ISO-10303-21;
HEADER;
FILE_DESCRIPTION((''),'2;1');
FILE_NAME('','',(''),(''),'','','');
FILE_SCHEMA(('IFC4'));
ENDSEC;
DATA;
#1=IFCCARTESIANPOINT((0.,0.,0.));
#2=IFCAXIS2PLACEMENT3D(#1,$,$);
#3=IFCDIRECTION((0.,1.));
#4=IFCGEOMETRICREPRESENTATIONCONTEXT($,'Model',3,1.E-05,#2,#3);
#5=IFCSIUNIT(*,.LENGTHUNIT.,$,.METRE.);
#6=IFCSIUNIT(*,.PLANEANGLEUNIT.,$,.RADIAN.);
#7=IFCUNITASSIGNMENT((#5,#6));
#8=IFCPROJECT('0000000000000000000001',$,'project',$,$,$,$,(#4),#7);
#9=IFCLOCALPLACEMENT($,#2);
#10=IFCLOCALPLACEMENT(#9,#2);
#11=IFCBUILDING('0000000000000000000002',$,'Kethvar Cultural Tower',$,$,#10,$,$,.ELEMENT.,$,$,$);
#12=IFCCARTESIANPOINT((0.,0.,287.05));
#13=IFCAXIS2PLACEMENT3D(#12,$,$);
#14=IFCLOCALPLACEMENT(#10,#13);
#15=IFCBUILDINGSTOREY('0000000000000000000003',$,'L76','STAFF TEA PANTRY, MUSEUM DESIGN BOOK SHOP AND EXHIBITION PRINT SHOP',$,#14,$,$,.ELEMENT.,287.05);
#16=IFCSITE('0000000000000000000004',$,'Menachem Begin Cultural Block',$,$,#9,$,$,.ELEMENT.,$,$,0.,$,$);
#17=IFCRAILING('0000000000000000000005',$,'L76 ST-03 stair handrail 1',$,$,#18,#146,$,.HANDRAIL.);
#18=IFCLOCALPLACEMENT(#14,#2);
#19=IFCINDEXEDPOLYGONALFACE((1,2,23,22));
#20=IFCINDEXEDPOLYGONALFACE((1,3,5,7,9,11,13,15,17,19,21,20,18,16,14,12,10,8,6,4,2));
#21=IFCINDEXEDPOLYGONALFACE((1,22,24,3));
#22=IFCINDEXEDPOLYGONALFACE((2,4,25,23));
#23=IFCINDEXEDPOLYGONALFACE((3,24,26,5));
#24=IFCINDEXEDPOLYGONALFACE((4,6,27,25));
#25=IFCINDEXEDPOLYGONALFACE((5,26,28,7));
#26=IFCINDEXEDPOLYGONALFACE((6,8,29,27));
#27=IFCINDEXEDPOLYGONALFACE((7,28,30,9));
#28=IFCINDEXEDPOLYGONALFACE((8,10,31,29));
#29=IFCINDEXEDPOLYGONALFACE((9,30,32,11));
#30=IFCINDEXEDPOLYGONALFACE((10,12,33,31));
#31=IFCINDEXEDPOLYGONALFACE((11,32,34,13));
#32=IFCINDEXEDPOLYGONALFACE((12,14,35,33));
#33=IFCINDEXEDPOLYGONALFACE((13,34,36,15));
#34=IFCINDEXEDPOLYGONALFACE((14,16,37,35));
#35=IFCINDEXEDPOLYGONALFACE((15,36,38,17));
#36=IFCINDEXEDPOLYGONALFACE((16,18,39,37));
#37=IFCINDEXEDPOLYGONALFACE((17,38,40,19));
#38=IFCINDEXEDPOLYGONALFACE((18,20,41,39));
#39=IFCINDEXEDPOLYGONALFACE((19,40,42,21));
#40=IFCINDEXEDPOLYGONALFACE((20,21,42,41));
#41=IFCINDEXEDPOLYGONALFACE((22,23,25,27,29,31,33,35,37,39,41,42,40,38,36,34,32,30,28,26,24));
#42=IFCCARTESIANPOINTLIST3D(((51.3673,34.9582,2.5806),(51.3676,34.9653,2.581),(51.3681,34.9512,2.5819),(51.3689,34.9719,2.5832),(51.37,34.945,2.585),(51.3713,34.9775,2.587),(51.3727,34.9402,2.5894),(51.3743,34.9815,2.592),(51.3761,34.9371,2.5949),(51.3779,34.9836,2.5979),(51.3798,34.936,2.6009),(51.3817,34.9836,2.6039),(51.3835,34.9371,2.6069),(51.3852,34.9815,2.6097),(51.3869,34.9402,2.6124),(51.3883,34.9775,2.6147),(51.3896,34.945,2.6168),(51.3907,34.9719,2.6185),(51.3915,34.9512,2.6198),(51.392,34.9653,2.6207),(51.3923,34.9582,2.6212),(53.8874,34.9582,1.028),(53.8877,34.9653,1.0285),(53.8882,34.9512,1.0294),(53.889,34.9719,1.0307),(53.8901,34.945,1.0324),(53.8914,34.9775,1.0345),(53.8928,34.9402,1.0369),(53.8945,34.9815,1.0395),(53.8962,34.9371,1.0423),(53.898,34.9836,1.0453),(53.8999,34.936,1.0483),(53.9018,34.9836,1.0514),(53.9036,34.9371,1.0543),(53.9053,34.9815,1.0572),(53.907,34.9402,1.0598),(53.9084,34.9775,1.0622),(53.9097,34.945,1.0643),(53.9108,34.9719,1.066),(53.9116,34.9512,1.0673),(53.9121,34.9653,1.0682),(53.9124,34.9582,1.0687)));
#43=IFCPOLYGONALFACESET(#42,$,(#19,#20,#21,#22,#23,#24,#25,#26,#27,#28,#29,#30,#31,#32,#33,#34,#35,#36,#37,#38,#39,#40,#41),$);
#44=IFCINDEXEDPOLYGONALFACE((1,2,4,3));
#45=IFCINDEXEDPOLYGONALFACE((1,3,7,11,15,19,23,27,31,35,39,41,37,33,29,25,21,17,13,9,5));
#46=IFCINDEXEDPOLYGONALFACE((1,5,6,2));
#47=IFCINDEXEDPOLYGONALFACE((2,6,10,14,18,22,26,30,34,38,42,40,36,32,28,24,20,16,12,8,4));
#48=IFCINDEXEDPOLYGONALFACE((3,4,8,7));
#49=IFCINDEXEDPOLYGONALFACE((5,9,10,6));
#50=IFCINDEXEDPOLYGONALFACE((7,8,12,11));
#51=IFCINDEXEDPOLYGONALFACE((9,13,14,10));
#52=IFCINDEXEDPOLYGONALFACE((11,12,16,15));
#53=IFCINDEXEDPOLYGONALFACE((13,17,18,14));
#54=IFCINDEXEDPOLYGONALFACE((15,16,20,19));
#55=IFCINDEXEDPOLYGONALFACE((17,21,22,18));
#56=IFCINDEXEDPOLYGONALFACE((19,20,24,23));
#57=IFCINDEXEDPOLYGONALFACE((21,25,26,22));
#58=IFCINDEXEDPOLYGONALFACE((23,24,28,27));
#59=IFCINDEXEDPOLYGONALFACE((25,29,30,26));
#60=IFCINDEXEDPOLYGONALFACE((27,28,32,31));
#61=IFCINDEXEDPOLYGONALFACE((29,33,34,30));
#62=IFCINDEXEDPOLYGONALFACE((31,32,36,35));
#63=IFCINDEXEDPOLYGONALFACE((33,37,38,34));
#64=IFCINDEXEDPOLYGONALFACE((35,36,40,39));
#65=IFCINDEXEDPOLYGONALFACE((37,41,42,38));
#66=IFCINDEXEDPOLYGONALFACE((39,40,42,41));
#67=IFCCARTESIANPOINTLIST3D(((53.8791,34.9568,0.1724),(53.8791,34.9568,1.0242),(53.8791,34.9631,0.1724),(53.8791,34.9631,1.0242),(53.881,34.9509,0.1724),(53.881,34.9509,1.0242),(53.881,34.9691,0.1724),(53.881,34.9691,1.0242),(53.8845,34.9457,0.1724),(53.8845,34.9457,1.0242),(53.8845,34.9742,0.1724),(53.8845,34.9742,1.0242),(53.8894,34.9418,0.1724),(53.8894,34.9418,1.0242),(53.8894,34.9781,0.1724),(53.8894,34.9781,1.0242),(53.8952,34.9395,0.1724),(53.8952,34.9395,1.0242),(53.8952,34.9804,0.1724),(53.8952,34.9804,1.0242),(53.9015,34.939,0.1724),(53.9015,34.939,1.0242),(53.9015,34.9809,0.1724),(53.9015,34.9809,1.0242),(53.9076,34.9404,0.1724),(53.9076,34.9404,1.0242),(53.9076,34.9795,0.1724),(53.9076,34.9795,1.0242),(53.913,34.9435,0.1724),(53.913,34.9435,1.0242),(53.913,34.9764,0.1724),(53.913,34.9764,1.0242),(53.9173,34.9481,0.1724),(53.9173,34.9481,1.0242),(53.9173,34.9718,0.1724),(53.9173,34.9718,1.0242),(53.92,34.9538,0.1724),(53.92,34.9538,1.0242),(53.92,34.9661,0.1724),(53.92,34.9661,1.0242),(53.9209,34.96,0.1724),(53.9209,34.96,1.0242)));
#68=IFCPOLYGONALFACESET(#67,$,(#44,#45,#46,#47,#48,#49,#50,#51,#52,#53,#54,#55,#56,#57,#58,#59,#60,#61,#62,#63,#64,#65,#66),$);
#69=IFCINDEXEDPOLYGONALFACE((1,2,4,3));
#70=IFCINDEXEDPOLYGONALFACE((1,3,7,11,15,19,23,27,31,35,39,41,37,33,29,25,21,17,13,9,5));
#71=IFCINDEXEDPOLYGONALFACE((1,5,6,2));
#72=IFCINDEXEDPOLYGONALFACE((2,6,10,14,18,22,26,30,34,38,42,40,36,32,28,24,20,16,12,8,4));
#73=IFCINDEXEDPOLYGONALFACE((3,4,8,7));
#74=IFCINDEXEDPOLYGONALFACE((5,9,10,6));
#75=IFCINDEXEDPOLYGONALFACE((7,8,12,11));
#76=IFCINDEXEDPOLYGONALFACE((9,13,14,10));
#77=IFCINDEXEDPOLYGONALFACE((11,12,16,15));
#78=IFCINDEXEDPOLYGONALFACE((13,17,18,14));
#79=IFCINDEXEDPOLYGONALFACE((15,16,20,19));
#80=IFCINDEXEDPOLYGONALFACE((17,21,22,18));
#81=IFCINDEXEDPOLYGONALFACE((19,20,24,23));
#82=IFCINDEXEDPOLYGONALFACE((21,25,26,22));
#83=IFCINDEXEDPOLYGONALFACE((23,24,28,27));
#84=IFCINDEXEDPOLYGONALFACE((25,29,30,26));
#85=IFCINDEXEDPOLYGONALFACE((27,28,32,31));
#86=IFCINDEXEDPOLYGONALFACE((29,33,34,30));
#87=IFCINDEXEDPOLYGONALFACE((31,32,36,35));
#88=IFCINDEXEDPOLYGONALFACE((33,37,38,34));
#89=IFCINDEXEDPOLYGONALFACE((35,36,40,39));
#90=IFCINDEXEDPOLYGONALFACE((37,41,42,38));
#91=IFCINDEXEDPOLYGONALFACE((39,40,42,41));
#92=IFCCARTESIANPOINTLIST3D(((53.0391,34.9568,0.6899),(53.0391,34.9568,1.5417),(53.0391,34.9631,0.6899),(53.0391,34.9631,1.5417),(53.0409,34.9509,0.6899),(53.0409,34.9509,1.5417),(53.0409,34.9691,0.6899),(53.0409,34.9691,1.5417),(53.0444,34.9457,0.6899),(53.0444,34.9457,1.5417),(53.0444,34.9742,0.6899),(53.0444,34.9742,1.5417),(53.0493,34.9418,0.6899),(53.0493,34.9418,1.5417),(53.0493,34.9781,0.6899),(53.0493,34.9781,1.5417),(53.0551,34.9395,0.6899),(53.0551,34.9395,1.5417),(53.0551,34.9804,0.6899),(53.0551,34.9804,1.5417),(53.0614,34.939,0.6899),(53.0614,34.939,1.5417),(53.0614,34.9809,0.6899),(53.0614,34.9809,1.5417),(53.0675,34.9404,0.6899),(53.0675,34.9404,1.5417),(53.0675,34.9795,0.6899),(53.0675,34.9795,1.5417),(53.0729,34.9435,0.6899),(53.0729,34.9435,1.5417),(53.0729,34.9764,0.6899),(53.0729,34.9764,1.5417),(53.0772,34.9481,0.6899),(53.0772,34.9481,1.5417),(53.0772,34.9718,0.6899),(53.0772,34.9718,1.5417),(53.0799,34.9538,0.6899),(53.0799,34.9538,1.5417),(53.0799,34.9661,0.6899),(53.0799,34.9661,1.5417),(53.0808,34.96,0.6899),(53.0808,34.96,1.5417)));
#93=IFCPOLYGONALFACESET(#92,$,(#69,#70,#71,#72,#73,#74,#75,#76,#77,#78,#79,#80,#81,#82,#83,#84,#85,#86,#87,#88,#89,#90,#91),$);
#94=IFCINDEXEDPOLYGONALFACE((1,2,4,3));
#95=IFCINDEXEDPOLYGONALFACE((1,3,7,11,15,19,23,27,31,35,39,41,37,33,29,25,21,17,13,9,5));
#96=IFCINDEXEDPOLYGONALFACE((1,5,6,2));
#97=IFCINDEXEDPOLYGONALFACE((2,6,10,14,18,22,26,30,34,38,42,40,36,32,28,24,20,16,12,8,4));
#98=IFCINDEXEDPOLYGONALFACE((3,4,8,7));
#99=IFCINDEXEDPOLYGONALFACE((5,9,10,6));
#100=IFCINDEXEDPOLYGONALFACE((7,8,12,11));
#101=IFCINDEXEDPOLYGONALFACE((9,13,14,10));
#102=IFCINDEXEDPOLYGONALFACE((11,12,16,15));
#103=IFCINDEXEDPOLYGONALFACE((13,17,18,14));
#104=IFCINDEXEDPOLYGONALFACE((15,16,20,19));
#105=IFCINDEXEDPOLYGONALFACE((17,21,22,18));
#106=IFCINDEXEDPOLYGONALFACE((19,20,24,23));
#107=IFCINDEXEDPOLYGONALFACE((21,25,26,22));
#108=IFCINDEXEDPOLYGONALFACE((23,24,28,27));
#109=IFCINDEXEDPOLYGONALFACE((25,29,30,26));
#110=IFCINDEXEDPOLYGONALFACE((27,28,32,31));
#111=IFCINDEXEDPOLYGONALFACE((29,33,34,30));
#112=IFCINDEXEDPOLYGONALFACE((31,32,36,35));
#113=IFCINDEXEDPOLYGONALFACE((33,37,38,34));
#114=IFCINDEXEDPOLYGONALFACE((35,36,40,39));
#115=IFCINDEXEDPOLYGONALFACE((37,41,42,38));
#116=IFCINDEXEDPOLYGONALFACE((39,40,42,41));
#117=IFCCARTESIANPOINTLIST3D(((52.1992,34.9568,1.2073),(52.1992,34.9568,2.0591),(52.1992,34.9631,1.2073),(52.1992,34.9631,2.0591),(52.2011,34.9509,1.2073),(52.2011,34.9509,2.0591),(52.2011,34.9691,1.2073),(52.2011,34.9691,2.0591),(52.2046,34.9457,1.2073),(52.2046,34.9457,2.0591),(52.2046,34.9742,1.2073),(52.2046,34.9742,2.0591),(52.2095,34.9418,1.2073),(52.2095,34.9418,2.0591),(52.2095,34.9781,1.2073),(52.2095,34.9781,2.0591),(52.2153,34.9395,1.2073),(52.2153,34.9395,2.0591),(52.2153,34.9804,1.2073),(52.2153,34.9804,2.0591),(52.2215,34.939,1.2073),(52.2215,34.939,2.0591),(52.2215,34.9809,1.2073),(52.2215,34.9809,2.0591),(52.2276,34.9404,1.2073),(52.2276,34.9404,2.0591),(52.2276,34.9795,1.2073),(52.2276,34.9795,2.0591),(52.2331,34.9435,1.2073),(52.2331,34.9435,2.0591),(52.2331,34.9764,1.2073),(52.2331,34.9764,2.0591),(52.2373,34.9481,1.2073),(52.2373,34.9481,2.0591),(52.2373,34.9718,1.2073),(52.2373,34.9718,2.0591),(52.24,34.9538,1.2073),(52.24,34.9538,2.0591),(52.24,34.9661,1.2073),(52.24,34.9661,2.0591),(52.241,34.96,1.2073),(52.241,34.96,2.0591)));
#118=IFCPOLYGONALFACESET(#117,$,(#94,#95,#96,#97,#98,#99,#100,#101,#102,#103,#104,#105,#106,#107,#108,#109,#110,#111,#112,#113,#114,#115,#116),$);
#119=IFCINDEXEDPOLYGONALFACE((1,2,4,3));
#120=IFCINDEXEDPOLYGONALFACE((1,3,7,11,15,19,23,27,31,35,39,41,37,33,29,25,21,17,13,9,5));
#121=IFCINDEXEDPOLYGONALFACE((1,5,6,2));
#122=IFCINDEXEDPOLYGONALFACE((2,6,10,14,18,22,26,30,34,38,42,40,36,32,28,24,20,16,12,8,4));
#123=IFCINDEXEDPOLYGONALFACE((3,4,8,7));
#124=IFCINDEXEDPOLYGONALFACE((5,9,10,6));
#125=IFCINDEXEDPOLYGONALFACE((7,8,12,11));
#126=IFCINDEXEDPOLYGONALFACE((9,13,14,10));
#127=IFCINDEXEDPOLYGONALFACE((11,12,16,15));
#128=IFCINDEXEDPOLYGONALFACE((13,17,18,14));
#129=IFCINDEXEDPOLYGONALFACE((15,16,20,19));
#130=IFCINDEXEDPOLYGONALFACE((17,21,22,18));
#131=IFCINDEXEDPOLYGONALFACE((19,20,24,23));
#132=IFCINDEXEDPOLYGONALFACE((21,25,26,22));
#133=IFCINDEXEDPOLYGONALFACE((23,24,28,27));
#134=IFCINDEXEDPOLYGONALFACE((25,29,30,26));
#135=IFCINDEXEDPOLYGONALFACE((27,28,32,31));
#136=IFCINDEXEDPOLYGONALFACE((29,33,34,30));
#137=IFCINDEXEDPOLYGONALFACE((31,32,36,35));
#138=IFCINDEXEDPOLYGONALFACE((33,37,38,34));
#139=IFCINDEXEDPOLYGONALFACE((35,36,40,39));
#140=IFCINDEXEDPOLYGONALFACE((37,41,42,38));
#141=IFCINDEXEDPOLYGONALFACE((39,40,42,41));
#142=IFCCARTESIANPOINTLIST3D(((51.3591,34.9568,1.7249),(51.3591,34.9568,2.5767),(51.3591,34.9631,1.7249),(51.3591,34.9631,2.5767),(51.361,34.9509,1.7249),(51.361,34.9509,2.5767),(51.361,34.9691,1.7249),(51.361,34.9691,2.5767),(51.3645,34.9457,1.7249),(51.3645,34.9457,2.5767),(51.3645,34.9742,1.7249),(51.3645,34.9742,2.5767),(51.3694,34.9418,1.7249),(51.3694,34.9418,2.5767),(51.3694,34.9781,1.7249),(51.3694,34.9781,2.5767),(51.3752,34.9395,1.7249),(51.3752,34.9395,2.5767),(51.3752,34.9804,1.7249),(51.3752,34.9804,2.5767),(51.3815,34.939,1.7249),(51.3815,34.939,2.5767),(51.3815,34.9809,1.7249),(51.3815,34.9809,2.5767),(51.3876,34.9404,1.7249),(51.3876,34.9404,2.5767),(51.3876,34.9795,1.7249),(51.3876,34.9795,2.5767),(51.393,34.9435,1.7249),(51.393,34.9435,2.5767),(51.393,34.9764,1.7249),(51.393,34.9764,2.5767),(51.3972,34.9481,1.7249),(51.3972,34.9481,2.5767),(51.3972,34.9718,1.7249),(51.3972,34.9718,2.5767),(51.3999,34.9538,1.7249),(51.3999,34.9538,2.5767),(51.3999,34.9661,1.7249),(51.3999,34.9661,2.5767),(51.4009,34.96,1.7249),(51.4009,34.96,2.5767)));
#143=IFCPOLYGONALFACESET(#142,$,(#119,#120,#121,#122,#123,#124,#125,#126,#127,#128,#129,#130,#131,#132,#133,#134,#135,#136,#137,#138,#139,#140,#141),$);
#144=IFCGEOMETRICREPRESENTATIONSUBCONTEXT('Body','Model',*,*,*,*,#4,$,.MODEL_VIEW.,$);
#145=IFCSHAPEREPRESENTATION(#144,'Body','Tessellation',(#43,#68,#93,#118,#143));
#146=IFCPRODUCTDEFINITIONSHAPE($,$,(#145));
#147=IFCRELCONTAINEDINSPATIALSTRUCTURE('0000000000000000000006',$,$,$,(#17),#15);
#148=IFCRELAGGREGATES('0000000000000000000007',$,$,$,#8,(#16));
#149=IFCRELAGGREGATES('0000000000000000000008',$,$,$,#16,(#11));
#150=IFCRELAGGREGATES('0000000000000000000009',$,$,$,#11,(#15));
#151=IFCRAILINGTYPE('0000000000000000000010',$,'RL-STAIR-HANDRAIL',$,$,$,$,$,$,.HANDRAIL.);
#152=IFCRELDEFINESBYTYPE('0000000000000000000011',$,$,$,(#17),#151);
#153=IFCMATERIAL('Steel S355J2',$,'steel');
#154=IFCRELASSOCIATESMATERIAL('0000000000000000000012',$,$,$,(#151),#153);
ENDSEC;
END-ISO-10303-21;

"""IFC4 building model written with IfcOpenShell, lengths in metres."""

from ifc_helpers import new_model, si_unit, direction, frame, origin, origin_2d, place, context, subcontext, project, spatial, circle, extrude, material, type_object, element, save


model = new_model("IFC4")

# Units and contexts
model_context = context("Model", 3, precision=1e-05, world=origin(), true_north=direction((0.0, 1.0)))
body_context = subcontext(model_context, "Body", "Model", "MODEL_VIEW")
ifc_project = project(units=[si_unit("LENGTHUNIT", "METRE"), si_unit("PLANEANGLEUNIT", "RADIAN")], contexts=[model_context])

# Site, building, storey
site_placement = place(None, origin())
site = spatial("IfcSite", under=ifc_project, at=site_placement, Name="Menachem Begin Cultural Block", CompositionType="ELEMENT", RefElevation=0.0)
building_placement = place(site_placement, origin())
building = spatial("IfcBuilding", under=site, at=building_placement, Name="Kethvar Cultural Tower", CompositionType="ELEMENT")
storey_placement = place(building_placement, frame((0.0, 0.0, 287.05)))
storey = spatial("IfcBuildingStorey", under=building, at=storey_placement, Name="L76", Description="STAFF TEA PANTRY, MUSEUM DESIGN BOOK SHOP AND EXHIBITION PRINT SHOP", CompositionType="ELEMENT", Elevation=287.05)

# Shared definitions
ifc_material_1 = material(Name="Steel S355J2", Category="steel")

# Railing
railing_type_1 = type_object("IfcRailingType", Name="RL-STAIR-HANDRAIL", PredefinedType="HANDRAIL", material=ifc_material_1)
railing_1_placement = place(storey_placement, frame((53.8999, 34.96, 0.1724)))
element("IfcRailing", 1, at=railing_1_placement, inside=storey, type_object=railing_type_1, Name="L76 ST-03 stair handrail 1", PredefinedType="HANDRAIL", context=body_context, shape_type="SweptSolid", body=[
    extrude(circle(Radius=0.0239, at=origin_2d()), frame((0.0, 0.0, 0.876), z_axis=(-0.8514, 0.0, 0.524516), x_axis=(0.0, -1.0, 0.0)), (0.0, 0.0, 1.0), 2.96),
    extrude(circle(Radius=0.021, at=origin_2d()), origin(), (0.0, 0.0, 1.0), 0.8518),
    extrude(circle(Radius=0.021, at=origin_2d()), frame((-0.8401, 0.0, 0.5176)), (0.0, 0.0, 1.0), 0.8518),
    extrude(circle(Radius=0.021, at=origin_2d()), frame((-1.6799, 0.0, 1.0349)), (0.0, 0.0, 1.0), 0.8518),
    extrude(circle(Radius=0.021, at=origin_2d()), frame((-2.52, 0.0, 1.5525)), (0.0, 0.0, 1.0), 0.8518),
])

save(model, "model.ifc")
